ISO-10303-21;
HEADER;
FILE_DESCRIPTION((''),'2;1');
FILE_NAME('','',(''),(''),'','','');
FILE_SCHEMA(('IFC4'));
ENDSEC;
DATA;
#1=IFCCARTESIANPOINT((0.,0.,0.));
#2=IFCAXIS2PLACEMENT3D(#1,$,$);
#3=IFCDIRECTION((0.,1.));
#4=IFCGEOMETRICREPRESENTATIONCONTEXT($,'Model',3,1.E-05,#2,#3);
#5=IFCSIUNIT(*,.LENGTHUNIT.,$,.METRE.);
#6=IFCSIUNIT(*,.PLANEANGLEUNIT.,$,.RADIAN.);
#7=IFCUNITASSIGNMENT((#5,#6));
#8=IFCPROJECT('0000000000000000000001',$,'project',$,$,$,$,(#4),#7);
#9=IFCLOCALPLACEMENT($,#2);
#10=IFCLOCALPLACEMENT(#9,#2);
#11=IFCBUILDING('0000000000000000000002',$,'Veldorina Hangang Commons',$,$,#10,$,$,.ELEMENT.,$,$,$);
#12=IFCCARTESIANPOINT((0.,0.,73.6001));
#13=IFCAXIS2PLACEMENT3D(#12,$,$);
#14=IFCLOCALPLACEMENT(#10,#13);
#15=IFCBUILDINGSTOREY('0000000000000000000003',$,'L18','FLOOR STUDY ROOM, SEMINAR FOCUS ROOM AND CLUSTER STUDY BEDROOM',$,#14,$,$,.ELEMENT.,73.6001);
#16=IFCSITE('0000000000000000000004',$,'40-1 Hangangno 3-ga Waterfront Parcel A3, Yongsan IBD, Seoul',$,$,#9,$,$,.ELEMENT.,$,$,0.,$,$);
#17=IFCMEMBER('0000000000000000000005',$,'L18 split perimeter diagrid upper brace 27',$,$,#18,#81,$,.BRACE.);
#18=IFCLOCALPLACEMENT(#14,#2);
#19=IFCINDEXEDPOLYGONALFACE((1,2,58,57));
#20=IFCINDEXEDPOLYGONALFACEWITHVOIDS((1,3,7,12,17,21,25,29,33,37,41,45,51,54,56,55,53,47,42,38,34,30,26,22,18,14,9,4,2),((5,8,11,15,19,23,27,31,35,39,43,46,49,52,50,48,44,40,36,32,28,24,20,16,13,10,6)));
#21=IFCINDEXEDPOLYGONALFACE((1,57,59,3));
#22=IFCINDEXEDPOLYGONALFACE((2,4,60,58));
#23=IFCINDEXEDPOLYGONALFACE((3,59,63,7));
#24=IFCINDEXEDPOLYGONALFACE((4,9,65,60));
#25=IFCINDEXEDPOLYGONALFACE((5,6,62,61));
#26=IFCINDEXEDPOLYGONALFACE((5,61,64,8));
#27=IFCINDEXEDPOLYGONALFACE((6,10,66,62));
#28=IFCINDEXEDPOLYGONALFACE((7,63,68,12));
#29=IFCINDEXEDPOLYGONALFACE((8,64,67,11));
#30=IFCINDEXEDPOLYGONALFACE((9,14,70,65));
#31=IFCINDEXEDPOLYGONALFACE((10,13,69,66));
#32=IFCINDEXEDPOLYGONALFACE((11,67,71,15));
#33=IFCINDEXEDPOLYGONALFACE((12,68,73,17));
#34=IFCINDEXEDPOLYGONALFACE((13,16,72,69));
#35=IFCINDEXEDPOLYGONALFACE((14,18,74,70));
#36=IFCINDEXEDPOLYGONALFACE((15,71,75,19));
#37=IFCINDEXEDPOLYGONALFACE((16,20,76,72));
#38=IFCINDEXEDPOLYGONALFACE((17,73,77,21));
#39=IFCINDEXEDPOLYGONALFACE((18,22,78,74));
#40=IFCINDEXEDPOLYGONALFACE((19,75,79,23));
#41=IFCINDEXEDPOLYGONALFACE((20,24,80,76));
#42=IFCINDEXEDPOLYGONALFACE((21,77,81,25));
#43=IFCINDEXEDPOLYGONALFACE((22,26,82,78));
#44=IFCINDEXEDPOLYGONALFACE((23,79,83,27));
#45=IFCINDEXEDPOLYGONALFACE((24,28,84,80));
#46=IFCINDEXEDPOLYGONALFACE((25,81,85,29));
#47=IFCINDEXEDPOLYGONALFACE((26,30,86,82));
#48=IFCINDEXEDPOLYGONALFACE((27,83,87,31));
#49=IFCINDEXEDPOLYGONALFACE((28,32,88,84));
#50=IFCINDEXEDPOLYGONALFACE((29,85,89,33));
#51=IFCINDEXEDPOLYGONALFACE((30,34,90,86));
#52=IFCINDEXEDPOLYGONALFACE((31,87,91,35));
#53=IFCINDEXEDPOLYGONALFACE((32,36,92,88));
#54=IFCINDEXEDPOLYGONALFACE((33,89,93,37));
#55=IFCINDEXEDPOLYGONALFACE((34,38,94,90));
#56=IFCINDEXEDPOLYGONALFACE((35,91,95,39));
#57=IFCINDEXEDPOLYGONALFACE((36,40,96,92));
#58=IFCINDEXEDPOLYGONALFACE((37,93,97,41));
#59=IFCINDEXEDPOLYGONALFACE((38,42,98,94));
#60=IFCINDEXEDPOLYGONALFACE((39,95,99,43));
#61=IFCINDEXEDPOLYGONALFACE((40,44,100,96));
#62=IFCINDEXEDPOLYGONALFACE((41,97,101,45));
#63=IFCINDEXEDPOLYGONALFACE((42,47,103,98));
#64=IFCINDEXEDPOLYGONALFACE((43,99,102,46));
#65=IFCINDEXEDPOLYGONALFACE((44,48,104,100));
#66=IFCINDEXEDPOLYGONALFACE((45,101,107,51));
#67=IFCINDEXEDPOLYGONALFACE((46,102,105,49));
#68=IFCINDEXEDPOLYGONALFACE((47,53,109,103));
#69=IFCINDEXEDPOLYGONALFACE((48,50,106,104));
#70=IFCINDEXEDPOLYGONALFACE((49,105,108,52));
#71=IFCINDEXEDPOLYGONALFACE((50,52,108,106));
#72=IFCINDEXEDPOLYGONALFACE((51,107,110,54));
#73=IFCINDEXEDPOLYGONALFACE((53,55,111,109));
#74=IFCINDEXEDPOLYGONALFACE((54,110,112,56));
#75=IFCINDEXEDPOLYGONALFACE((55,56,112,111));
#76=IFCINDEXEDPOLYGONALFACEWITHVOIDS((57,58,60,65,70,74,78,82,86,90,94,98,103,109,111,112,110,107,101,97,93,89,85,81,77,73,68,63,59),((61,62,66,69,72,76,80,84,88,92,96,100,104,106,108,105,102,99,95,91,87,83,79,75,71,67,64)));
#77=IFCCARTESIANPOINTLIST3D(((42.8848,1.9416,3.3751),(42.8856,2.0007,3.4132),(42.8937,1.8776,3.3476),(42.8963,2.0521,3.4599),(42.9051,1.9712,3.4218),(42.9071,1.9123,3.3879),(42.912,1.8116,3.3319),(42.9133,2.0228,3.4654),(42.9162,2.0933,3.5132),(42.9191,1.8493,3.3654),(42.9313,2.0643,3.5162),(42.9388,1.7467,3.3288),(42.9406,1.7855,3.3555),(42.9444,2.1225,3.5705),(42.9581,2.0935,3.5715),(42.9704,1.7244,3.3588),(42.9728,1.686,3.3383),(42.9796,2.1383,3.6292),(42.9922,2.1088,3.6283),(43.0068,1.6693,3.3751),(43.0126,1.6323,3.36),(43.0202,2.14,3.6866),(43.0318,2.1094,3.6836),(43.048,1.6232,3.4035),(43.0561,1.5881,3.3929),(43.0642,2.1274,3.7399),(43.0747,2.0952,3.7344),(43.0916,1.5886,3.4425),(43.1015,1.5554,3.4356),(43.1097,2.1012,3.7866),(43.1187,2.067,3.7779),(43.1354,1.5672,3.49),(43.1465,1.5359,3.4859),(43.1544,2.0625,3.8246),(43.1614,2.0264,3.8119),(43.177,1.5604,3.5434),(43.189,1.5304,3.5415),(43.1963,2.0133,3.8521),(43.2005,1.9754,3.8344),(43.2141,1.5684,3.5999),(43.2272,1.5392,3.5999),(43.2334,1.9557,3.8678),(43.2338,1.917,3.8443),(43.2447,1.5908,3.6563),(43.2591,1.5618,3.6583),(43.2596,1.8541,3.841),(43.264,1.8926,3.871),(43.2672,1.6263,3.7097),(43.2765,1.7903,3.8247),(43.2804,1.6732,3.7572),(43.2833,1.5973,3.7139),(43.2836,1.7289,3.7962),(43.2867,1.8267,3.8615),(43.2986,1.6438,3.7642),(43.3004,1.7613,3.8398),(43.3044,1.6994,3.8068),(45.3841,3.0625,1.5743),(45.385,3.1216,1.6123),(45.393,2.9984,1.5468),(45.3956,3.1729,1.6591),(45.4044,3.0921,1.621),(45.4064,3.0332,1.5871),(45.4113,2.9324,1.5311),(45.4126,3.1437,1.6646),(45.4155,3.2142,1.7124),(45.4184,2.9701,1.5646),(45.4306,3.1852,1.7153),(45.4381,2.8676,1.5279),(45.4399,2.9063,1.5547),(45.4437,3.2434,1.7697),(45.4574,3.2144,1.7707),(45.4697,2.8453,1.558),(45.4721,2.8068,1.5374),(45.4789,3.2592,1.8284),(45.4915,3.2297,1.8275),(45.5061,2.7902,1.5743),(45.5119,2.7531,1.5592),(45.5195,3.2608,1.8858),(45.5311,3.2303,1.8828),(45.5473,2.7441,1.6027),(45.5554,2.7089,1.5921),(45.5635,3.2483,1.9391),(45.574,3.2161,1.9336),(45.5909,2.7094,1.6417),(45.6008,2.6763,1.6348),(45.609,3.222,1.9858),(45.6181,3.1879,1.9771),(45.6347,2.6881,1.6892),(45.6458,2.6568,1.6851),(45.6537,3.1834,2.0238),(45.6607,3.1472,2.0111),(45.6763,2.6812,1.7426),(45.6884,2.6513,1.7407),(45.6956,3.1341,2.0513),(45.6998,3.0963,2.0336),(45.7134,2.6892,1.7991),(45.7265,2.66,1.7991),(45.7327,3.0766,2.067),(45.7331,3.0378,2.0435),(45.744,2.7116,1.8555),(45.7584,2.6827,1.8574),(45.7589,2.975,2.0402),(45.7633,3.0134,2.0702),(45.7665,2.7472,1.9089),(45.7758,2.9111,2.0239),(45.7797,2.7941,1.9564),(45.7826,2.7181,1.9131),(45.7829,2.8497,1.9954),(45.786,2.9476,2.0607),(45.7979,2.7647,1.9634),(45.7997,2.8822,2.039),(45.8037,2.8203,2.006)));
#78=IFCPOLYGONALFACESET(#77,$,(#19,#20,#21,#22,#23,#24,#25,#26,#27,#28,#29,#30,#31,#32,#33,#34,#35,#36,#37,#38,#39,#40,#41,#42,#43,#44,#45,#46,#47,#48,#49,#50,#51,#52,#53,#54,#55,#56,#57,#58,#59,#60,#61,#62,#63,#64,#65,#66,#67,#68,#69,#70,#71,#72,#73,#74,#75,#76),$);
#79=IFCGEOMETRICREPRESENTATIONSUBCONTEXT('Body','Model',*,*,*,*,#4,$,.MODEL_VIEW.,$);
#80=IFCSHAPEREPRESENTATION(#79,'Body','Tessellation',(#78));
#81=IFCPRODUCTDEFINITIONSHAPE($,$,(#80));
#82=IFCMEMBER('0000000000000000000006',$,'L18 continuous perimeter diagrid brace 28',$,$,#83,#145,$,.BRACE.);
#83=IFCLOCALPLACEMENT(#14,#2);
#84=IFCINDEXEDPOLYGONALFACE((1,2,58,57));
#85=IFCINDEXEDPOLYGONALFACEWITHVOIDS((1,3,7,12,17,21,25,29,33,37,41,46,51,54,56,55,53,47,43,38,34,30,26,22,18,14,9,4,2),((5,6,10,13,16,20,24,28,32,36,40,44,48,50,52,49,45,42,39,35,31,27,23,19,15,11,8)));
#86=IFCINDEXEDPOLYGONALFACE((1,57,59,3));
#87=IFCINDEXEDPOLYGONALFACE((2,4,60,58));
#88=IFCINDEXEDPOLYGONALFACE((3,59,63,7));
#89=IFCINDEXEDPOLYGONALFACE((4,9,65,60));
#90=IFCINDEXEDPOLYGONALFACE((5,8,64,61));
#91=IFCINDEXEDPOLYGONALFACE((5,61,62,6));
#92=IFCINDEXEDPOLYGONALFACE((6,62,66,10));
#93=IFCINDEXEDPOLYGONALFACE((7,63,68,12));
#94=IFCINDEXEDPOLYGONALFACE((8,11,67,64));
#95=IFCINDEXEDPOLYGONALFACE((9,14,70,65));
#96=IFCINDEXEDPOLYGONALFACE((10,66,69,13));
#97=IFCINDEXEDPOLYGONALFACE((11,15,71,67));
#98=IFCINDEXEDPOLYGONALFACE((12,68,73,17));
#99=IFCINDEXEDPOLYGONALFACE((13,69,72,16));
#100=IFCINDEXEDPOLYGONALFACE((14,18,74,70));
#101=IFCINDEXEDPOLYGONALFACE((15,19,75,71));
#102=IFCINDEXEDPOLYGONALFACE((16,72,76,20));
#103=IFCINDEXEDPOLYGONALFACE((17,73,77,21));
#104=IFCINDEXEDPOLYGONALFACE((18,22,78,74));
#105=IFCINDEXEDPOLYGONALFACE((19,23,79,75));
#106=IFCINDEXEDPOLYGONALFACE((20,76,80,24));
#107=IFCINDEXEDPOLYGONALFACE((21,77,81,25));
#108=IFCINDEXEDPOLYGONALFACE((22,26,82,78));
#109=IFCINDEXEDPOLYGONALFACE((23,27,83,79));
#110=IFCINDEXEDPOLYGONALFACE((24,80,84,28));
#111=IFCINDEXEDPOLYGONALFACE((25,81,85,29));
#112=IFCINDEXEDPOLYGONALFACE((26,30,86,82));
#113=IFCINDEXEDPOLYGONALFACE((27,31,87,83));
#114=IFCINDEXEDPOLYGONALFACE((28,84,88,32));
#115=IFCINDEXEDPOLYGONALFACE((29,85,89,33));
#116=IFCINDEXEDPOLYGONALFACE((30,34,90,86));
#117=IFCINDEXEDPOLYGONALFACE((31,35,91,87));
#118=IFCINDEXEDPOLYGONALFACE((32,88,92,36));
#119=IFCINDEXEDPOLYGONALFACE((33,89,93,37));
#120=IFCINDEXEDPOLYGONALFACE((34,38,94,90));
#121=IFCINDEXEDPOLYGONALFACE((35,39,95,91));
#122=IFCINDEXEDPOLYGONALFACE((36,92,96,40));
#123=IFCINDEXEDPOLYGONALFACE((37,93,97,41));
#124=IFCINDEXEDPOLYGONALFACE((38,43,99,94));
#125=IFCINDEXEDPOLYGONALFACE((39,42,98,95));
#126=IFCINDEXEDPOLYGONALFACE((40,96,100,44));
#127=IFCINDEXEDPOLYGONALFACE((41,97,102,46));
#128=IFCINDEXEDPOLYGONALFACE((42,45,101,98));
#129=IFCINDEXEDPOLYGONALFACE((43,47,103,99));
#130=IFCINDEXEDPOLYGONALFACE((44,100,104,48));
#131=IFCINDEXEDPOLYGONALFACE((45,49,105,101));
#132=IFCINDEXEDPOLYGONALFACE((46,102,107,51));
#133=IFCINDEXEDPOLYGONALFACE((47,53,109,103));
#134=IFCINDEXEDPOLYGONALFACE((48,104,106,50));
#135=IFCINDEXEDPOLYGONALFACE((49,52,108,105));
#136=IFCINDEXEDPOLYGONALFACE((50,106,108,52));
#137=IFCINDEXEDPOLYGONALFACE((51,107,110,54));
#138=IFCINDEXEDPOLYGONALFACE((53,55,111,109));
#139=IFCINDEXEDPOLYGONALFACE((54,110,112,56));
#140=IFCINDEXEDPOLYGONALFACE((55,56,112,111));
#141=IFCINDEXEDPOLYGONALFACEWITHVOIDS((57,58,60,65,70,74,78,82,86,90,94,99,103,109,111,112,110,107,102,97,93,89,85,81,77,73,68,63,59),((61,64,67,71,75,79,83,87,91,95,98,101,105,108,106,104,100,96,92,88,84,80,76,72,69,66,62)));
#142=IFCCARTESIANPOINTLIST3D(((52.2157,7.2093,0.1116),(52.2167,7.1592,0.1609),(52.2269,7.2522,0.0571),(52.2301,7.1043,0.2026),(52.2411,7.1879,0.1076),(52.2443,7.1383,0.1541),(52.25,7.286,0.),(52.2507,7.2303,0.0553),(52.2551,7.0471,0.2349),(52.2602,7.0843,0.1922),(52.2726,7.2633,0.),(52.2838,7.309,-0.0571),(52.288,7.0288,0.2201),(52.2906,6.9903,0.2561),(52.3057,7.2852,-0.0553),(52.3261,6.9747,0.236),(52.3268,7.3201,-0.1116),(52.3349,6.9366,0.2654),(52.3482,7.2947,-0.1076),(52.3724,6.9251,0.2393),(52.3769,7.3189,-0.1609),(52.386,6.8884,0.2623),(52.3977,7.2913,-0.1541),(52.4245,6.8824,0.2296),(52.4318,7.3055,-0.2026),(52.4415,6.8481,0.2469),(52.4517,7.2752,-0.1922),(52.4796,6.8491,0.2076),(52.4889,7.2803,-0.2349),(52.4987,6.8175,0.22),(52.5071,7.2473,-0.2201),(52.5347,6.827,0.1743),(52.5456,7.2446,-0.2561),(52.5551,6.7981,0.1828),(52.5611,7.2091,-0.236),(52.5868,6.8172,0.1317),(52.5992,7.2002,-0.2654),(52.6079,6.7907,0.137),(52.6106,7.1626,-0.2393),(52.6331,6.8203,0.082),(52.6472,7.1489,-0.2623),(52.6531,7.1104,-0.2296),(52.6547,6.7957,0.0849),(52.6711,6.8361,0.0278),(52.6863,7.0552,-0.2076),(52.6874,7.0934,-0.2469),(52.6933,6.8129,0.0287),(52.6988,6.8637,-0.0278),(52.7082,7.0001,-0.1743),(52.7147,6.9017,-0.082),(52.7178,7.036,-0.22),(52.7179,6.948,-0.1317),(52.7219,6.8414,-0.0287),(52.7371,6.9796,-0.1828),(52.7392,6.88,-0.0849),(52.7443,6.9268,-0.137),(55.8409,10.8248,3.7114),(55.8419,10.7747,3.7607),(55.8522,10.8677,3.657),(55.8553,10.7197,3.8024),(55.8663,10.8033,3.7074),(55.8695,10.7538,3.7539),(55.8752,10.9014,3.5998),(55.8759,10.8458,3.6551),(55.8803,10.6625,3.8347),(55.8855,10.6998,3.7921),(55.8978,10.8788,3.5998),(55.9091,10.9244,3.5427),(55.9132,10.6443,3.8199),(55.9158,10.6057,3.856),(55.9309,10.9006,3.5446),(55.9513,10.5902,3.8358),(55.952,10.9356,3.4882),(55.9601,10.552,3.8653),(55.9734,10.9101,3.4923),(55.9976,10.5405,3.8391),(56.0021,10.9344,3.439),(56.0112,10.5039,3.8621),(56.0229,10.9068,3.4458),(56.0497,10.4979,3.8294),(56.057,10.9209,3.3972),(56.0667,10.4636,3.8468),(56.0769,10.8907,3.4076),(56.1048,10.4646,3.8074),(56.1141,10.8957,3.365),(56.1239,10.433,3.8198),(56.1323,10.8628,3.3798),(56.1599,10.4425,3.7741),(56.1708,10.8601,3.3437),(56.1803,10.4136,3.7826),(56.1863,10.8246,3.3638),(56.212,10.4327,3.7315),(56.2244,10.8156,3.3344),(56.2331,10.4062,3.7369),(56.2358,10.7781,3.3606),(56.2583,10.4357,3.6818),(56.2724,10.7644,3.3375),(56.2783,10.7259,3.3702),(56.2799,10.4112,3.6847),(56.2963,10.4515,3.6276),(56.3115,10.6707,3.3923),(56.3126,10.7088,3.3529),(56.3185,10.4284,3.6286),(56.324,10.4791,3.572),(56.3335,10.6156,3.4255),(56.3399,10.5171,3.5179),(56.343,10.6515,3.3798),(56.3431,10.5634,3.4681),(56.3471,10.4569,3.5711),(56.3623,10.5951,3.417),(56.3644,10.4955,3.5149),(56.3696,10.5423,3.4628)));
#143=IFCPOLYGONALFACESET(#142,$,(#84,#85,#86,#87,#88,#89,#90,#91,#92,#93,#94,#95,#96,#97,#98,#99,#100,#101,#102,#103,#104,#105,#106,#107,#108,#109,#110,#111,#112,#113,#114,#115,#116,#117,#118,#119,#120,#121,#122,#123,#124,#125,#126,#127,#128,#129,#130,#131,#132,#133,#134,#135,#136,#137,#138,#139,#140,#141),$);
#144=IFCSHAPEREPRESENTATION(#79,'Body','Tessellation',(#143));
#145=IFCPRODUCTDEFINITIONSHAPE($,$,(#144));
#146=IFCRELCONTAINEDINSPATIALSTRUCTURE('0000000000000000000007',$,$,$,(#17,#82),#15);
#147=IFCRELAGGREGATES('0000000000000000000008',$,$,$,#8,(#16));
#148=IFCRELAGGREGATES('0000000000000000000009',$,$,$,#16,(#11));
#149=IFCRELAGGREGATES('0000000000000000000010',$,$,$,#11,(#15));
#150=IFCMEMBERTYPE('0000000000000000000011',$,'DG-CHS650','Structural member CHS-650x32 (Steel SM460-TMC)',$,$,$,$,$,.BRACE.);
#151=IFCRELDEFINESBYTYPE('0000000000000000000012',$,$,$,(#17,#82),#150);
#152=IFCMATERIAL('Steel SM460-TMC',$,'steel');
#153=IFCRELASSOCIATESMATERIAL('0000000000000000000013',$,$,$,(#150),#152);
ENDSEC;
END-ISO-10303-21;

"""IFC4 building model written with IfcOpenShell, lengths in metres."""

from ifc_helpers import new_model, si_unit, direction, frame, origin, origin_2d, place, context, subcontext, project, spatial, hollow_circle, extrude, material, material_profile, profile_set, type_object, element, save


model = new_model("IFC4")

# Units and contexts
model_context = context("Model", 3, precision=1e-05, world=origin(), true_north=direction((0.0, 1.0)))
body_context = subcontext(model_context, "Body", "Model", "MODEL_VIEW")
ifc_project = project(units=[si_unit("LENGTHUNIT", "METRE"), si_unit("PLANEANGLEUNIT", "RADIAN")], contexts=[model_context])

# Site, building, storey
site_placement = place(None, origin())
site = spatial("IfcSite", under=ifc_project, at=site_placement, Name="40-1 Hangangno 3-ga Waterfront Parcel A3, Yongsan IBD, Seoul", CompositionType="ELEMENT", RefElevation=0.0)
building_placement = place(site_placement, origin())
building = spatial("IfcBuilding", under=site, at=building_placement, Name="Veldorina Hangang Commons", CompositionType="ELEMENT")
storey_placement = place(building_placement, frame((0.0, 0.0, 73.6001)))
storey = spatial("IfcBuildingStorey", under=building, at=storey_placement, Name="L18", Description="FLOOR STUDY ROOM, SEMINAR FOCUS ROOM AND CLUSTER STUDY BEDROOM", CompositionType="ELEMENT", Elevation=73.6001)

# Members
ifc_material_1 = material(Name="Steel SM460-TMC", Category="steel")
ifc_material_profile_1 = material_profile(ifc_material_1, hollow_circle(Radius=0.325, WallThickness=0.032, at=origin_2d()), Name="CHS-650x32")
ifc_profile_set_1 = profile_set([ifc_material_profile_1], Name="Steel SM460-TMC")
member_type_1 = type_object("IfcMemberType", Name="DG-CHS650", Description="Structural member CHS-650x32 (Steel SM460-TMC)", PredefinedType="BRACE", material=ifc_profile_set_1)
member_1_placement = place(storey_placement, frame((45.5935, 2.9565, 1.7991), z_axis=(-0.762431, -0.341928, 0.549349), x_axis=(0.409204, -0.912443, 0.0)))
element("IfcMember", 1, at=member_1_placement, inside=storey, type_object=member_type_1, Name="L18 split perimeter diagrid upper brace 27", PredefinedType="BRACE", context=body_context, shape_type="SweptSolid", body=[
    extrude(hollow_circle(Radius=0.325, WallThickness=0.032, at=origin_2d()), origin(), (0.0, 0.0, 1.0), 3.2781),
])
member_2_placement = place(storey_placement, frame((52.4795, 7.0559, 0.0), z_axis=(0.57922, 0.57766, 0.575163), x_axis=(-0.706152, 0.70806, 0.0)))
element("IfcMember", 2, at=member_2_placement, inside=storey, type_object=member_type_1, Name="L18 continuous perimeter diagrid brace 28", PredefinedType="BRACE", context=body_context, shape_type="SweptSolid", body=[
    extrude(hollow_circle(Radius=0.325, WallThickness=0.032, at=origin_2d()), origin(), (0.0, 0.0, 1.0), 6.2588),
])

save(model, "model.ifc")
